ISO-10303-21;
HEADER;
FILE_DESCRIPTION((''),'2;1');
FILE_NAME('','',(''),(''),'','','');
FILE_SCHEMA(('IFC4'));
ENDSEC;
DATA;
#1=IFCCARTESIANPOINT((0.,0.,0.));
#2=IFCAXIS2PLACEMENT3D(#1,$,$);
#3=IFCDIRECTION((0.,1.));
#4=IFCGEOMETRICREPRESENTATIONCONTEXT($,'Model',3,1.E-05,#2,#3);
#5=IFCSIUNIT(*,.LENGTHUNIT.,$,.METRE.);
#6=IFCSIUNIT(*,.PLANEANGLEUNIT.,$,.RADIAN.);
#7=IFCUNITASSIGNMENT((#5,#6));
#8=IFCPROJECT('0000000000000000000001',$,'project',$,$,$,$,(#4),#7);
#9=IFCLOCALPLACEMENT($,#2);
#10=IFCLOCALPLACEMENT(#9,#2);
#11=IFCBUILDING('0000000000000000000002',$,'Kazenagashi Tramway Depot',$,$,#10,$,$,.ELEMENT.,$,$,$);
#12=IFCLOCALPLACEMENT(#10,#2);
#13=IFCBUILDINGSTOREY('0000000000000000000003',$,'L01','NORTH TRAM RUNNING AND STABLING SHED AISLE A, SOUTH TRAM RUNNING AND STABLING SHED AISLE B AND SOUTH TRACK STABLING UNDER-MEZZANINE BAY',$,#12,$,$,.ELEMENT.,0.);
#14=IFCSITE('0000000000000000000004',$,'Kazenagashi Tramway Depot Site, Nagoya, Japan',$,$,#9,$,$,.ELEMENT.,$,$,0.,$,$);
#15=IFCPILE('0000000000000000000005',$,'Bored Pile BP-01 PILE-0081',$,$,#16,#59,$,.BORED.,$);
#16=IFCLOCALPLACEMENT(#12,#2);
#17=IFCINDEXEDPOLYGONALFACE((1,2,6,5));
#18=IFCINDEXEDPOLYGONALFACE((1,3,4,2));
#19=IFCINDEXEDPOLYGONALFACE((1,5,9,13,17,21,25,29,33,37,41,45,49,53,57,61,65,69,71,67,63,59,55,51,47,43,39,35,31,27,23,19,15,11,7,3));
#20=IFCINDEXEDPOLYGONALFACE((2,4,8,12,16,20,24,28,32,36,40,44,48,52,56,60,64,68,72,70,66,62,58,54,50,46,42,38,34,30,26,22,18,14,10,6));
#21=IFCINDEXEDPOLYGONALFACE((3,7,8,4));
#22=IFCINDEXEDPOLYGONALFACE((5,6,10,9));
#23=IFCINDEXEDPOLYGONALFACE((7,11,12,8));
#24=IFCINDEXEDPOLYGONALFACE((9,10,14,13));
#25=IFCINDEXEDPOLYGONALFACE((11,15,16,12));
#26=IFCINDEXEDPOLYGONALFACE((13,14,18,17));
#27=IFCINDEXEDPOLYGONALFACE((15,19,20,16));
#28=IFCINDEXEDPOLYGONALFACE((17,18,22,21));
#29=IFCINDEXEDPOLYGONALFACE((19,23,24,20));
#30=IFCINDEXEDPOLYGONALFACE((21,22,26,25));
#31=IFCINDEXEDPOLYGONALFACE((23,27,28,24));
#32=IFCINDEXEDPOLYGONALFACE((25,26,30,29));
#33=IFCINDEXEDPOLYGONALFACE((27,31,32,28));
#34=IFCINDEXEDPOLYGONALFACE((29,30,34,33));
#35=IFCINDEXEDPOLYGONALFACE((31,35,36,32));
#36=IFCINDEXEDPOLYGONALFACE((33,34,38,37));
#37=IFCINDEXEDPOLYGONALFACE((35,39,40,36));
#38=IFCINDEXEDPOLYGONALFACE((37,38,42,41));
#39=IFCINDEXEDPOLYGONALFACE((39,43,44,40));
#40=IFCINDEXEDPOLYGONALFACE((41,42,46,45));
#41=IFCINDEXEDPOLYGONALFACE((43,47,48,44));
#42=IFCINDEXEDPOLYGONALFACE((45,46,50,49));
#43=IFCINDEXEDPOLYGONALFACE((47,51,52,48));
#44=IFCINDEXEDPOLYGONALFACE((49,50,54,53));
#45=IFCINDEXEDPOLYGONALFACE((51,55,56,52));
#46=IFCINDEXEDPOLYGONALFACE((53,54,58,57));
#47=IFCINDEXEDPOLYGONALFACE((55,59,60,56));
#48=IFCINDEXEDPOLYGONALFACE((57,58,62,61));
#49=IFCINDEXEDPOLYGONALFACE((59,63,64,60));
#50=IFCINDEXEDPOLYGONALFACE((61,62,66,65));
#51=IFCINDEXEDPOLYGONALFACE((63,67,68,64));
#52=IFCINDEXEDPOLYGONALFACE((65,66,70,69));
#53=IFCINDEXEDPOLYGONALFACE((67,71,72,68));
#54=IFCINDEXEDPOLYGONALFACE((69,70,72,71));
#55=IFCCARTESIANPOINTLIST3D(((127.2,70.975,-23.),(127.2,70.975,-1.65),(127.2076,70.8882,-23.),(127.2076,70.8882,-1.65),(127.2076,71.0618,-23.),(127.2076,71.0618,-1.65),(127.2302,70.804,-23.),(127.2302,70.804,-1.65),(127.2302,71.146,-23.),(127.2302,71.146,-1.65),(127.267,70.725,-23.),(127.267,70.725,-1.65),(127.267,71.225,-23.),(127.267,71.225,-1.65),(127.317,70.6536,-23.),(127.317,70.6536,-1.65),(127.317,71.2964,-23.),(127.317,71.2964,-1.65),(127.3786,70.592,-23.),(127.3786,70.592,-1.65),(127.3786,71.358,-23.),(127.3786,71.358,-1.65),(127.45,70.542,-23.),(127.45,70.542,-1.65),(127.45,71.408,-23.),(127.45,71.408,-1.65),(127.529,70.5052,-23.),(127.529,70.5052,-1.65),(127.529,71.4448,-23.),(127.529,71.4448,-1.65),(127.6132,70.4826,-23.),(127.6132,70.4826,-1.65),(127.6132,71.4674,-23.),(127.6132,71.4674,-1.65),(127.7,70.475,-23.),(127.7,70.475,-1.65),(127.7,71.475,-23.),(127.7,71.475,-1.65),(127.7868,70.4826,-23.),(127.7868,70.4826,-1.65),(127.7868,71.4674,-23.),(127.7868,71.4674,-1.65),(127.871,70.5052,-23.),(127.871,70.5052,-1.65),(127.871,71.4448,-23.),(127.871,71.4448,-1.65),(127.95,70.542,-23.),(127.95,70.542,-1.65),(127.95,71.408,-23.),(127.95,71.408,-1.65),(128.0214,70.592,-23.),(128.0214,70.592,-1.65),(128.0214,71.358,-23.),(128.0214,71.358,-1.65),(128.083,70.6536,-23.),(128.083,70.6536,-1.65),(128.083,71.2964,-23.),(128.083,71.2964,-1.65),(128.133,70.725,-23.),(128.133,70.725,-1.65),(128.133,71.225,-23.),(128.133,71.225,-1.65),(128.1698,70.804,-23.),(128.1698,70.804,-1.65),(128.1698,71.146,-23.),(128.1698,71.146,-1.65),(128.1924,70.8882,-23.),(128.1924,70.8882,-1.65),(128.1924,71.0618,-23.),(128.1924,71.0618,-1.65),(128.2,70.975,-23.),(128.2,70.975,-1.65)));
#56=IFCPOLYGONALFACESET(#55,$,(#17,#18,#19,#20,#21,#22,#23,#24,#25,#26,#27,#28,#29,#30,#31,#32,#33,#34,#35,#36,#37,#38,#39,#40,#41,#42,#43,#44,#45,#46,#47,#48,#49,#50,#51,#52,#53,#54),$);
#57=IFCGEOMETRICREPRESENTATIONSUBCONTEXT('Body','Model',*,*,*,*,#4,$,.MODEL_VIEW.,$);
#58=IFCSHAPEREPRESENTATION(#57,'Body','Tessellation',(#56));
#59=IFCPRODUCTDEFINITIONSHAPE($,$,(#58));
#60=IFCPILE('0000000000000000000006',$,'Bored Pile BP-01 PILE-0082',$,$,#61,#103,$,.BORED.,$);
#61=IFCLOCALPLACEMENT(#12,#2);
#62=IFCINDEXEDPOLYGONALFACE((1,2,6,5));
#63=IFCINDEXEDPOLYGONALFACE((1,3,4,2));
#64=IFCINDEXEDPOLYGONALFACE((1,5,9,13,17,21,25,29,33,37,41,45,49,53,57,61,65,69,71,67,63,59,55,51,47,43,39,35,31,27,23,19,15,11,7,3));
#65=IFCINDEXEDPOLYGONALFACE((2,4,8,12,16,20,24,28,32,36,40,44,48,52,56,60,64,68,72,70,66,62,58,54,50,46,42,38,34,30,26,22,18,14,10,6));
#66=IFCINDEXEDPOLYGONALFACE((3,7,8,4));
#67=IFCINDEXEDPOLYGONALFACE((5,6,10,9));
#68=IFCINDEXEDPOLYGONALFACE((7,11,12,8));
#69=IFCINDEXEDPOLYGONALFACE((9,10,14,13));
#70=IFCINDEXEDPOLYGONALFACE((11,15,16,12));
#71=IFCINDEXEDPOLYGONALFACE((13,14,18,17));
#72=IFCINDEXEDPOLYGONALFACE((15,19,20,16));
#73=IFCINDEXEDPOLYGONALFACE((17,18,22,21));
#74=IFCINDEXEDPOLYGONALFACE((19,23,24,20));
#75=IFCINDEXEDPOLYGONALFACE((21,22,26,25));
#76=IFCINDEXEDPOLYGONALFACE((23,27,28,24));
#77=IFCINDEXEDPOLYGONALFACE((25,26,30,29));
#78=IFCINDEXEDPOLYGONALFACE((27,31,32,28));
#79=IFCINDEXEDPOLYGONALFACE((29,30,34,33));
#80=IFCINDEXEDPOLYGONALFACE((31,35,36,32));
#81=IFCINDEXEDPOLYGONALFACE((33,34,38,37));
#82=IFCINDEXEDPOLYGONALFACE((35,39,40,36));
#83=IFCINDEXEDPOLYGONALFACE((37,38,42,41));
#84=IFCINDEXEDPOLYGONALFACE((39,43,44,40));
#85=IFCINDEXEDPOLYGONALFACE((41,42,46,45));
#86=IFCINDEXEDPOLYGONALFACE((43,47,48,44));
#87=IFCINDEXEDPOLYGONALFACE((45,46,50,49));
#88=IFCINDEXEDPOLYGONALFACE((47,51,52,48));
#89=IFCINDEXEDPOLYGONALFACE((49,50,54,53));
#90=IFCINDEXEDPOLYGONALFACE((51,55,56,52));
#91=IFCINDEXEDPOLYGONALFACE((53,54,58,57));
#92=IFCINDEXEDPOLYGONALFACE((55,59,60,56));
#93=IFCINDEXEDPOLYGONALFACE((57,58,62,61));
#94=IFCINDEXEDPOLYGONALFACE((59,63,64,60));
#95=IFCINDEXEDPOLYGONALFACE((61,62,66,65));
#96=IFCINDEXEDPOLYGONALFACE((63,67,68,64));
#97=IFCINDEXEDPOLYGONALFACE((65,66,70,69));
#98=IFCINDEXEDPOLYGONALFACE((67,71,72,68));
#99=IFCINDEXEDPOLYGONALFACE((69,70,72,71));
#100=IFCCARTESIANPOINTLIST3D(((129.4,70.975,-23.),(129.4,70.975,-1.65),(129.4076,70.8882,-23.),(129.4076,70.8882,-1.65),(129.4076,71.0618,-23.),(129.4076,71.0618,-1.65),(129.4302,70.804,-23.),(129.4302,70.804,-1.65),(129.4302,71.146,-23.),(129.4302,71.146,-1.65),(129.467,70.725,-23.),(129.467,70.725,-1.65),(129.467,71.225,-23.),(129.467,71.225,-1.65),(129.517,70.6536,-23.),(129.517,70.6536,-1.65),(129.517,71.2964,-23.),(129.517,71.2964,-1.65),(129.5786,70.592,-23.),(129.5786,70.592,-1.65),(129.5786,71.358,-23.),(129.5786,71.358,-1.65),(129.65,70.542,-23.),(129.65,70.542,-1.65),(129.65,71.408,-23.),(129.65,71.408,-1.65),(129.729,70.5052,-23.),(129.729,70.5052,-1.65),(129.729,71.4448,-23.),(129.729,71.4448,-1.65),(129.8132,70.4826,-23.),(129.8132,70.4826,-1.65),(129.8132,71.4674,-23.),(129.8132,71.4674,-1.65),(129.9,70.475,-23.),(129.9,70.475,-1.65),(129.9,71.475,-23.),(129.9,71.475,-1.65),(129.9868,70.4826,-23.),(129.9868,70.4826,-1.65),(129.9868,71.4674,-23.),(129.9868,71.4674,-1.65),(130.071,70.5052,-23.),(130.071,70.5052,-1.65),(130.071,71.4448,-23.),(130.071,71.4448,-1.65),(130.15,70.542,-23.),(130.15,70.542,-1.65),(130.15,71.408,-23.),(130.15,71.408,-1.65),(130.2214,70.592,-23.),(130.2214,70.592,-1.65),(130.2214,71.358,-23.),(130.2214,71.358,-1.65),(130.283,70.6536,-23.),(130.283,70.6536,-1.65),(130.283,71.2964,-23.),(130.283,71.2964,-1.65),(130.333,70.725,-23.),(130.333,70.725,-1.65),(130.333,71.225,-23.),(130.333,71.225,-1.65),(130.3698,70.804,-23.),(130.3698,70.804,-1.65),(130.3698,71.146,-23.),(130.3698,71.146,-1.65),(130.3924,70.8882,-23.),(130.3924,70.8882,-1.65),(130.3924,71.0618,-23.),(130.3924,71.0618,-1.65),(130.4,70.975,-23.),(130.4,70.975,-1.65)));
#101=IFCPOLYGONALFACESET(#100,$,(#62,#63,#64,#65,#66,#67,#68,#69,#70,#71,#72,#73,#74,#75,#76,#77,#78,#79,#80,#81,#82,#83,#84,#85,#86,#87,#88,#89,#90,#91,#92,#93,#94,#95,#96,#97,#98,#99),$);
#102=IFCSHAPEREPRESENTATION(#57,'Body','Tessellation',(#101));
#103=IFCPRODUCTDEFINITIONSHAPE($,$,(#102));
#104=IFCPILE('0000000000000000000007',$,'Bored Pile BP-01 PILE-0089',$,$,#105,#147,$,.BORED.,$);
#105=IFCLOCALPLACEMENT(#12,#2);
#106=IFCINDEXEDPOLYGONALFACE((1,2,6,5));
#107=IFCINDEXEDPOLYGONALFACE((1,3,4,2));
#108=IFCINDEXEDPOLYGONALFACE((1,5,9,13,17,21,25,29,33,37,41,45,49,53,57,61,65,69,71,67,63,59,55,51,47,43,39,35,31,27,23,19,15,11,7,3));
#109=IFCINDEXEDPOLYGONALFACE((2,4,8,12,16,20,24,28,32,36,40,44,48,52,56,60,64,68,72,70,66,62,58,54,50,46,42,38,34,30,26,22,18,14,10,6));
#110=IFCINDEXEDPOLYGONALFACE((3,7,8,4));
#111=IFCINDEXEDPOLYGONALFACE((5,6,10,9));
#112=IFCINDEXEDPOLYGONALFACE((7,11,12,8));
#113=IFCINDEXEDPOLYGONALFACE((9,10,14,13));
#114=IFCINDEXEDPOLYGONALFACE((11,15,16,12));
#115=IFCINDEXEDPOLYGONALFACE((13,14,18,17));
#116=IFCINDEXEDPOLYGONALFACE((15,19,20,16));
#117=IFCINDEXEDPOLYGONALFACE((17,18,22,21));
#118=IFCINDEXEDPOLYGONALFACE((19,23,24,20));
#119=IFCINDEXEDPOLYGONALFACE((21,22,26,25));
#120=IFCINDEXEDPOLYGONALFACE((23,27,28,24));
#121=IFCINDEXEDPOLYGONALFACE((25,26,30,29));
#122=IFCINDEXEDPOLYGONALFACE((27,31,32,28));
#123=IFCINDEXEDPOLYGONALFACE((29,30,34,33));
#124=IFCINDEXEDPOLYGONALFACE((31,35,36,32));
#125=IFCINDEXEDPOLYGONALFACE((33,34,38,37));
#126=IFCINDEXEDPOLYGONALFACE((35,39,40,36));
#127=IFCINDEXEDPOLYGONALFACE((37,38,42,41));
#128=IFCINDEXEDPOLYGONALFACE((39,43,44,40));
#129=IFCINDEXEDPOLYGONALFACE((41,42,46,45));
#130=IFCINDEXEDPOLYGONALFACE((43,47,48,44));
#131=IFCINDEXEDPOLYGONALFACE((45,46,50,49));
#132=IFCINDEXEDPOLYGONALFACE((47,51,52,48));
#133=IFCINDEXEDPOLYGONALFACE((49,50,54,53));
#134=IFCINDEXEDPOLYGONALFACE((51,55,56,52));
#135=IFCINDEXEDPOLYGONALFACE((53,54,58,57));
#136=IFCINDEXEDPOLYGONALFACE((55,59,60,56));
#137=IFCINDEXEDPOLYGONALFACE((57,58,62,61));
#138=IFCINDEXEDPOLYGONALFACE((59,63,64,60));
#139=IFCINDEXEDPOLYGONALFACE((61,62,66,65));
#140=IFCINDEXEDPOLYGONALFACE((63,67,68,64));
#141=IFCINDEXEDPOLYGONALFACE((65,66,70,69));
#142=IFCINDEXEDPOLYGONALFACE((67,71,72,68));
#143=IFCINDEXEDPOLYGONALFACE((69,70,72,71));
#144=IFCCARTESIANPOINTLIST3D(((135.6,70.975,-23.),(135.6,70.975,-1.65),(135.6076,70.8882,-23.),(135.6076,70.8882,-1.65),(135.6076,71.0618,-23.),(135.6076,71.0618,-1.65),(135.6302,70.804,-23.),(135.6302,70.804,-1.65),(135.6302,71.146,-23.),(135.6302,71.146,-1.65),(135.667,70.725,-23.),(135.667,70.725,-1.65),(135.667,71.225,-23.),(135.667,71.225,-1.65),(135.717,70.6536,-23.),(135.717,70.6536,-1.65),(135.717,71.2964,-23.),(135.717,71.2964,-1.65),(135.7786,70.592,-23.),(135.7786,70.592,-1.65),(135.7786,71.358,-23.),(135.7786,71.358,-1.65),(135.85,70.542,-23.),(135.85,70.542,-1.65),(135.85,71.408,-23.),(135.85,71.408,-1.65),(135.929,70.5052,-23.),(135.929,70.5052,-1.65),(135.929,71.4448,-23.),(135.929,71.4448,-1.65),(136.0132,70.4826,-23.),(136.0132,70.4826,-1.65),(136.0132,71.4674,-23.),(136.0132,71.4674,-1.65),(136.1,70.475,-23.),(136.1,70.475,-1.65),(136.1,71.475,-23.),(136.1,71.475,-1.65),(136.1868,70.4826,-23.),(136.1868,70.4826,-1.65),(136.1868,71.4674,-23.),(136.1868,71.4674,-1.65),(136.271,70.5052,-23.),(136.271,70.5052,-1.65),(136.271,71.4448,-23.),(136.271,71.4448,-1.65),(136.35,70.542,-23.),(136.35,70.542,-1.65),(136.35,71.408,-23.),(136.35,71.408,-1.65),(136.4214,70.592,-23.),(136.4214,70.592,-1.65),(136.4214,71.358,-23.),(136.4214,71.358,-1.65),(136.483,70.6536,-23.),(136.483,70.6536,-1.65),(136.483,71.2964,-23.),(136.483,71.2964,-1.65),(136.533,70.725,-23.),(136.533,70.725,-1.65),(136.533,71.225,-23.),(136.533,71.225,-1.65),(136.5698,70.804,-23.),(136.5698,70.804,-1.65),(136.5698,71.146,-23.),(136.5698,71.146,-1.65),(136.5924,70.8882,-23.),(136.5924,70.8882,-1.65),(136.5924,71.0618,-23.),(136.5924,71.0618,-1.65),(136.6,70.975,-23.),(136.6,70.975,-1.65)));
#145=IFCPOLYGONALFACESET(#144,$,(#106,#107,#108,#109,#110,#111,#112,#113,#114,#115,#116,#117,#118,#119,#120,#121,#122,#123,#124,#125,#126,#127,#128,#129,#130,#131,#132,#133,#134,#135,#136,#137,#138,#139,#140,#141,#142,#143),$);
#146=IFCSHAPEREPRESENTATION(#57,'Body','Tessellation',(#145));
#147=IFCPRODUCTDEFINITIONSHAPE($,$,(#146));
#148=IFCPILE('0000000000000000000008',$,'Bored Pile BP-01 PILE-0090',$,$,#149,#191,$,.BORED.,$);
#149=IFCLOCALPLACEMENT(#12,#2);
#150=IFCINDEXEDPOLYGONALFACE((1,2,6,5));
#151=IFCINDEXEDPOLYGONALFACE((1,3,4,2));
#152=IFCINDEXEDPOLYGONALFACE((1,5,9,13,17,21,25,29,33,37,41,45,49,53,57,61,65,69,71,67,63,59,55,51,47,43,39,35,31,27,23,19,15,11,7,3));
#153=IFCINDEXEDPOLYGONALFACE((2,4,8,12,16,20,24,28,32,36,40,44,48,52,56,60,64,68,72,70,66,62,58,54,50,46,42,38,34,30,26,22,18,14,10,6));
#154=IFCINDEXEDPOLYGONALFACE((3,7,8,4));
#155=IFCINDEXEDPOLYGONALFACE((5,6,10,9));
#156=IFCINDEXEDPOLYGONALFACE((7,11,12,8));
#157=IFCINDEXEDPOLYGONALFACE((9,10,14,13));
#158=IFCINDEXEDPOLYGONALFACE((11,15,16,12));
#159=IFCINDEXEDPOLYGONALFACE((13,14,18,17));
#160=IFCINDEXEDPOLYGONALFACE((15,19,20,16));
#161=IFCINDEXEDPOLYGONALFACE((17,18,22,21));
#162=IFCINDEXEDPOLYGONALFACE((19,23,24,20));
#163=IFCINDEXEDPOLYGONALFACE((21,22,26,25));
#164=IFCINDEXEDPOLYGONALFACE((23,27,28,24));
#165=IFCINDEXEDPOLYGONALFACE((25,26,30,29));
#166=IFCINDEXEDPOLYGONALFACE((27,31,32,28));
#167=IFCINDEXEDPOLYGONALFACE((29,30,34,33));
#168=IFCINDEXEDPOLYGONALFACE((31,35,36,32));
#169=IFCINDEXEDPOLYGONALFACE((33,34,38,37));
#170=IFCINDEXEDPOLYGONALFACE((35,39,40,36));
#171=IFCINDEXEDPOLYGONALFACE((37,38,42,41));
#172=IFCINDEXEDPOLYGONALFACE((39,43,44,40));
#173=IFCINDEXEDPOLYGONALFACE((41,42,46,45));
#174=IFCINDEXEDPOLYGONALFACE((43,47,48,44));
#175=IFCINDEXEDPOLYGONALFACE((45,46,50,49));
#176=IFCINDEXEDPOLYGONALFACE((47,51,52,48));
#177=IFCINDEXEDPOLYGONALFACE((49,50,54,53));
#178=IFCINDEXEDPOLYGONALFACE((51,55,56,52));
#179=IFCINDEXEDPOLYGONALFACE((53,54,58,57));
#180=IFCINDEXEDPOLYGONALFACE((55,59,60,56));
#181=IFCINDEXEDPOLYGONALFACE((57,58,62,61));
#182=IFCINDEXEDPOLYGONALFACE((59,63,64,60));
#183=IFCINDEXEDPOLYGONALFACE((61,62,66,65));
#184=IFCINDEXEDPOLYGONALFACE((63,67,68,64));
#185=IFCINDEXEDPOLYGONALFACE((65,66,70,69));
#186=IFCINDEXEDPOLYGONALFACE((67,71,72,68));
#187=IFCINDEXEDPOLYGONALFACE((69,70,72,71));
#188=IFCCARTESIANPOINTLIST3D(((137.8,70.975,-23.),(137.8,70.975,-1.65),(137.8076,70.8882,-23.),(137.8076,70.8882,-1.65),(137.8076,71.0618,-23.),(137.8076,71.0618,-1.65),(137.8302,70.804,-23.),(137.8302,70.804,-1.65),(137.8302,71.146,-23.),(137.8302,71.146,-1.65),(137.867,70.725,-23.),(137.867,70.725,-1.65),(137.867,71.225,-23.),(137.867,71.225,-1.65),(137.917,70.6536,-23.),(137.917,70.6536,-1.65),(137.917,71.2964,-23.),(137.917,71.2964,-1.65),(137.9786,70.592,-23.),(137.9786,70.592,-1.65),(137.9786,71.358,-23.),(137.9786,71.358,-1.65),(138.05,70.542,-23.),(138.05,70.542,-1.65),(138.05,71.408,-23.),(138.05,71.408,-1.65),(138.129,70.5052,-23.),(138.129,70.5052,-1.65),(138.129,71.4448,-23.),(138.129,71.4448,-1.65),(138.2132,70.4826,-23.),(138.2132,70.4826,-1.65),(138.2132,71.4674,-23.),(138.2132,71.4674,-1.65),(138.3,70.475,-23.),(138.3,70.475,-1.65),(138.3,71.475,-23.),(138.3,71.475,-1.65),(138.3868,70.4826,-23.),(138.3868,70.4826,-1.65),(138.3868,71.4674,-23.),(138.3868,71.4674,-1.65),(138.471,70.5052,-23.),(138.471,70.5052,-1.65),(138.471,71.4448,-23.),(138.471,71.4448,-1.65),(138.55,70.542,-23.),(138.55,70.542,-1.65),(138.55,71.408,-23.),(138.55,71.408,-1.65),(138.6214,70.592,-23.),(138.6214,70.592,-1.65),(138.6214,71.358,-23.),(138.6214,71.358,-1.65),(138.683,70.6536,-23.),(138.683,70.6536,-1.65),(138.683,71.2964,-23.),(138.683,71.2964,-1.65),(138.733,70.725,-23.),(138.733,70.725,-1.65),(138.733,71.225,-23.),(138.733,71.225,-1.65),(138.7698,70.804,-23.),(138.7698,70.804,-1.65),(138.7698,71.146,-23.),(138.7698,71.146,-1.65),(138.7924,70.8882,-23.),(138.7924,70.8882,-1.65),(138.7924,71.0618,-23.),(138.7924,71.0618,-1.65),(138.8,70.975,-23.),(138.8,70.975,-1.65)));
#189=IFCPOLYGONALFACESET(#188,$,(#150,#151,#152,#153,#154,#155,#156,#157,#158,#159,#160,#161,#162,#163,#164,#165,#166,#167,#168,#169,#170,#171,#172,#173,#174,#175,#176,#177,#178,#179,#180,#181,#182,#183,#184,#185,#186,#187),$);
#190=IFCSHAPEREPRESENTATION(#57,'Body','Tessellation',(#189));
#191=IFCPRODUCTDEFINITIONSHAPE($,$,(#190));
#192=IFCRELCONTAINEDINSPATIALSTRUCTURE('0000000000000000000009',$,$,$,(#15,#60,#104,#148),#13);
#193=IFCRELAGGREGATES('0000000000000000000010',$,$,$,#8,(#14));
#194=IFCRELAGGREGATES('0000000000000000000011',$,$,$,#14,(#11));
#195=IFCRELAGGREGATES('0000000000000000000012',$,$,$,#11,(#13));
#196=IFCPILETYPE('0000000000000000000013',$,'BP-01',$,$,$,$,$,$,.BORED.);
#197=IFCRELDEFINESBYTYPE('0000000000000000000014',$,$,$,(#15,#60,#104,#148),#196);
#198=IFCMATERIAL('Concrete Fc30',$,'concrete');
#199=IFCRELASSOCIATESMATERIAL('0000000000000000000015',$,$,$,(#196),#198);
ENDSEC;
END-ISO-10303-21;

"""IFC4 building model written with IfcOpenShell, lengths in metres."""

from ifc_helpers import new_model, si_unit, direction, frame, origin, origin_2d, place, context, subcontext, project, spatial, circle, extrude, material, material_profile, profile_set, type_object, element, save


model = new_model("IFC4")

# Units and contexts
model_context = context("Model", 3, precision=1e-05, world=origin(), true_north=direction((0.0, 1.0)))
body_context = subcontext(model_context, "Body", "Model", "MODEL_VIEW")
ifc_project = project(units=[si_unit("LENGTHUNIT", "METRE"), si_unit("PLANEANGLEUNIT", "RADIAN")], contexts=[model_context])

# Site, building, storey
site_placement = place(None, origin())
site = spatial("IfcSite", under=ifc_project, at=site_placement, Name="Kazenagashi Tramway Depot Site, Nagoya, Japan", CompositionType="ELEMENT", RefElevation=0.0)
building_placement = place(site_placement, origin())
building = spatial("IfcBuilding", under=site, at=building_placement, Name="Kazenagashi Tramway Depot", CompositionType="ELEMENT")
storey_placement = place(building_placement, origin())
storey = spatial("IfcBuildingStorey", under=building, at=storey_placement, Name="L01", Description="NORTH TRAM RUNNING AND STABLING SHED AISLE A, SOUTH TRAM RUNNING AND STABLING SHED AISLE B AND SOUTH TRACK STABLING UNDER-MEZZANINE BAY", CompositionType="ELEMENT", Elevation=0.0)

# Piles
ifc_material_1 = material(Name="Concrete Fc30", Category="concrete")
ifc_material_profile_1 = material_profile(ifc_material_1, circle(Radius=0.5, at=origin_2d()), Name="PILE-1000")
ifc_profile_set_1 = profile_set([ifc_material_profile_1], Name="Concrete Fc30")
pile_type_1 = type_object("IfcPileType", Name="BP-01", PredefinedType="BORED", material=ifc_profile_set_1)
for number, where, z_axis, x_axis, name in (
    (1, (127.7, 70.975, -1.65), (0.0, 0.0, -1.0), (1.0, 0.0, 0.0), "Bored Pile BP-01 PILE-0081"),
    (2, (129.9, 70.975, -1.65), (0.0, 0.0, -1.0), (1.0, 0.0, 0.0), "Bored Pile BP-01 PILE-0082"),
    (3, (136.1, 70.975, -1.65), (0.0, 0.0, -1.0), (1.0, 0.0, 0.0), "Bored Pile BP-01 PILE-0089"),
    (4, (138.3, 70.975, -1.65), (0.0, 0.0, -1.0), (1.0, 0.0, 0.0), "Bored Pile BP-01 PILE-0090"),
):
    element("IfcPile", number, at=place(storey_placement, frame(where, z_axis=z_axis, x_axis=x_axis)), inside=storey, type_object=pile_type_1, Name=name, PredefinedType="BORED", context=body_context, shape_type="SweptSolid", body=[
        extrude(circle(Radius=0.5, at=origin_2d()), origin(), (0.0, 0.0, 1.0), 21.35),
    ])

save(model, "model.ifc")
